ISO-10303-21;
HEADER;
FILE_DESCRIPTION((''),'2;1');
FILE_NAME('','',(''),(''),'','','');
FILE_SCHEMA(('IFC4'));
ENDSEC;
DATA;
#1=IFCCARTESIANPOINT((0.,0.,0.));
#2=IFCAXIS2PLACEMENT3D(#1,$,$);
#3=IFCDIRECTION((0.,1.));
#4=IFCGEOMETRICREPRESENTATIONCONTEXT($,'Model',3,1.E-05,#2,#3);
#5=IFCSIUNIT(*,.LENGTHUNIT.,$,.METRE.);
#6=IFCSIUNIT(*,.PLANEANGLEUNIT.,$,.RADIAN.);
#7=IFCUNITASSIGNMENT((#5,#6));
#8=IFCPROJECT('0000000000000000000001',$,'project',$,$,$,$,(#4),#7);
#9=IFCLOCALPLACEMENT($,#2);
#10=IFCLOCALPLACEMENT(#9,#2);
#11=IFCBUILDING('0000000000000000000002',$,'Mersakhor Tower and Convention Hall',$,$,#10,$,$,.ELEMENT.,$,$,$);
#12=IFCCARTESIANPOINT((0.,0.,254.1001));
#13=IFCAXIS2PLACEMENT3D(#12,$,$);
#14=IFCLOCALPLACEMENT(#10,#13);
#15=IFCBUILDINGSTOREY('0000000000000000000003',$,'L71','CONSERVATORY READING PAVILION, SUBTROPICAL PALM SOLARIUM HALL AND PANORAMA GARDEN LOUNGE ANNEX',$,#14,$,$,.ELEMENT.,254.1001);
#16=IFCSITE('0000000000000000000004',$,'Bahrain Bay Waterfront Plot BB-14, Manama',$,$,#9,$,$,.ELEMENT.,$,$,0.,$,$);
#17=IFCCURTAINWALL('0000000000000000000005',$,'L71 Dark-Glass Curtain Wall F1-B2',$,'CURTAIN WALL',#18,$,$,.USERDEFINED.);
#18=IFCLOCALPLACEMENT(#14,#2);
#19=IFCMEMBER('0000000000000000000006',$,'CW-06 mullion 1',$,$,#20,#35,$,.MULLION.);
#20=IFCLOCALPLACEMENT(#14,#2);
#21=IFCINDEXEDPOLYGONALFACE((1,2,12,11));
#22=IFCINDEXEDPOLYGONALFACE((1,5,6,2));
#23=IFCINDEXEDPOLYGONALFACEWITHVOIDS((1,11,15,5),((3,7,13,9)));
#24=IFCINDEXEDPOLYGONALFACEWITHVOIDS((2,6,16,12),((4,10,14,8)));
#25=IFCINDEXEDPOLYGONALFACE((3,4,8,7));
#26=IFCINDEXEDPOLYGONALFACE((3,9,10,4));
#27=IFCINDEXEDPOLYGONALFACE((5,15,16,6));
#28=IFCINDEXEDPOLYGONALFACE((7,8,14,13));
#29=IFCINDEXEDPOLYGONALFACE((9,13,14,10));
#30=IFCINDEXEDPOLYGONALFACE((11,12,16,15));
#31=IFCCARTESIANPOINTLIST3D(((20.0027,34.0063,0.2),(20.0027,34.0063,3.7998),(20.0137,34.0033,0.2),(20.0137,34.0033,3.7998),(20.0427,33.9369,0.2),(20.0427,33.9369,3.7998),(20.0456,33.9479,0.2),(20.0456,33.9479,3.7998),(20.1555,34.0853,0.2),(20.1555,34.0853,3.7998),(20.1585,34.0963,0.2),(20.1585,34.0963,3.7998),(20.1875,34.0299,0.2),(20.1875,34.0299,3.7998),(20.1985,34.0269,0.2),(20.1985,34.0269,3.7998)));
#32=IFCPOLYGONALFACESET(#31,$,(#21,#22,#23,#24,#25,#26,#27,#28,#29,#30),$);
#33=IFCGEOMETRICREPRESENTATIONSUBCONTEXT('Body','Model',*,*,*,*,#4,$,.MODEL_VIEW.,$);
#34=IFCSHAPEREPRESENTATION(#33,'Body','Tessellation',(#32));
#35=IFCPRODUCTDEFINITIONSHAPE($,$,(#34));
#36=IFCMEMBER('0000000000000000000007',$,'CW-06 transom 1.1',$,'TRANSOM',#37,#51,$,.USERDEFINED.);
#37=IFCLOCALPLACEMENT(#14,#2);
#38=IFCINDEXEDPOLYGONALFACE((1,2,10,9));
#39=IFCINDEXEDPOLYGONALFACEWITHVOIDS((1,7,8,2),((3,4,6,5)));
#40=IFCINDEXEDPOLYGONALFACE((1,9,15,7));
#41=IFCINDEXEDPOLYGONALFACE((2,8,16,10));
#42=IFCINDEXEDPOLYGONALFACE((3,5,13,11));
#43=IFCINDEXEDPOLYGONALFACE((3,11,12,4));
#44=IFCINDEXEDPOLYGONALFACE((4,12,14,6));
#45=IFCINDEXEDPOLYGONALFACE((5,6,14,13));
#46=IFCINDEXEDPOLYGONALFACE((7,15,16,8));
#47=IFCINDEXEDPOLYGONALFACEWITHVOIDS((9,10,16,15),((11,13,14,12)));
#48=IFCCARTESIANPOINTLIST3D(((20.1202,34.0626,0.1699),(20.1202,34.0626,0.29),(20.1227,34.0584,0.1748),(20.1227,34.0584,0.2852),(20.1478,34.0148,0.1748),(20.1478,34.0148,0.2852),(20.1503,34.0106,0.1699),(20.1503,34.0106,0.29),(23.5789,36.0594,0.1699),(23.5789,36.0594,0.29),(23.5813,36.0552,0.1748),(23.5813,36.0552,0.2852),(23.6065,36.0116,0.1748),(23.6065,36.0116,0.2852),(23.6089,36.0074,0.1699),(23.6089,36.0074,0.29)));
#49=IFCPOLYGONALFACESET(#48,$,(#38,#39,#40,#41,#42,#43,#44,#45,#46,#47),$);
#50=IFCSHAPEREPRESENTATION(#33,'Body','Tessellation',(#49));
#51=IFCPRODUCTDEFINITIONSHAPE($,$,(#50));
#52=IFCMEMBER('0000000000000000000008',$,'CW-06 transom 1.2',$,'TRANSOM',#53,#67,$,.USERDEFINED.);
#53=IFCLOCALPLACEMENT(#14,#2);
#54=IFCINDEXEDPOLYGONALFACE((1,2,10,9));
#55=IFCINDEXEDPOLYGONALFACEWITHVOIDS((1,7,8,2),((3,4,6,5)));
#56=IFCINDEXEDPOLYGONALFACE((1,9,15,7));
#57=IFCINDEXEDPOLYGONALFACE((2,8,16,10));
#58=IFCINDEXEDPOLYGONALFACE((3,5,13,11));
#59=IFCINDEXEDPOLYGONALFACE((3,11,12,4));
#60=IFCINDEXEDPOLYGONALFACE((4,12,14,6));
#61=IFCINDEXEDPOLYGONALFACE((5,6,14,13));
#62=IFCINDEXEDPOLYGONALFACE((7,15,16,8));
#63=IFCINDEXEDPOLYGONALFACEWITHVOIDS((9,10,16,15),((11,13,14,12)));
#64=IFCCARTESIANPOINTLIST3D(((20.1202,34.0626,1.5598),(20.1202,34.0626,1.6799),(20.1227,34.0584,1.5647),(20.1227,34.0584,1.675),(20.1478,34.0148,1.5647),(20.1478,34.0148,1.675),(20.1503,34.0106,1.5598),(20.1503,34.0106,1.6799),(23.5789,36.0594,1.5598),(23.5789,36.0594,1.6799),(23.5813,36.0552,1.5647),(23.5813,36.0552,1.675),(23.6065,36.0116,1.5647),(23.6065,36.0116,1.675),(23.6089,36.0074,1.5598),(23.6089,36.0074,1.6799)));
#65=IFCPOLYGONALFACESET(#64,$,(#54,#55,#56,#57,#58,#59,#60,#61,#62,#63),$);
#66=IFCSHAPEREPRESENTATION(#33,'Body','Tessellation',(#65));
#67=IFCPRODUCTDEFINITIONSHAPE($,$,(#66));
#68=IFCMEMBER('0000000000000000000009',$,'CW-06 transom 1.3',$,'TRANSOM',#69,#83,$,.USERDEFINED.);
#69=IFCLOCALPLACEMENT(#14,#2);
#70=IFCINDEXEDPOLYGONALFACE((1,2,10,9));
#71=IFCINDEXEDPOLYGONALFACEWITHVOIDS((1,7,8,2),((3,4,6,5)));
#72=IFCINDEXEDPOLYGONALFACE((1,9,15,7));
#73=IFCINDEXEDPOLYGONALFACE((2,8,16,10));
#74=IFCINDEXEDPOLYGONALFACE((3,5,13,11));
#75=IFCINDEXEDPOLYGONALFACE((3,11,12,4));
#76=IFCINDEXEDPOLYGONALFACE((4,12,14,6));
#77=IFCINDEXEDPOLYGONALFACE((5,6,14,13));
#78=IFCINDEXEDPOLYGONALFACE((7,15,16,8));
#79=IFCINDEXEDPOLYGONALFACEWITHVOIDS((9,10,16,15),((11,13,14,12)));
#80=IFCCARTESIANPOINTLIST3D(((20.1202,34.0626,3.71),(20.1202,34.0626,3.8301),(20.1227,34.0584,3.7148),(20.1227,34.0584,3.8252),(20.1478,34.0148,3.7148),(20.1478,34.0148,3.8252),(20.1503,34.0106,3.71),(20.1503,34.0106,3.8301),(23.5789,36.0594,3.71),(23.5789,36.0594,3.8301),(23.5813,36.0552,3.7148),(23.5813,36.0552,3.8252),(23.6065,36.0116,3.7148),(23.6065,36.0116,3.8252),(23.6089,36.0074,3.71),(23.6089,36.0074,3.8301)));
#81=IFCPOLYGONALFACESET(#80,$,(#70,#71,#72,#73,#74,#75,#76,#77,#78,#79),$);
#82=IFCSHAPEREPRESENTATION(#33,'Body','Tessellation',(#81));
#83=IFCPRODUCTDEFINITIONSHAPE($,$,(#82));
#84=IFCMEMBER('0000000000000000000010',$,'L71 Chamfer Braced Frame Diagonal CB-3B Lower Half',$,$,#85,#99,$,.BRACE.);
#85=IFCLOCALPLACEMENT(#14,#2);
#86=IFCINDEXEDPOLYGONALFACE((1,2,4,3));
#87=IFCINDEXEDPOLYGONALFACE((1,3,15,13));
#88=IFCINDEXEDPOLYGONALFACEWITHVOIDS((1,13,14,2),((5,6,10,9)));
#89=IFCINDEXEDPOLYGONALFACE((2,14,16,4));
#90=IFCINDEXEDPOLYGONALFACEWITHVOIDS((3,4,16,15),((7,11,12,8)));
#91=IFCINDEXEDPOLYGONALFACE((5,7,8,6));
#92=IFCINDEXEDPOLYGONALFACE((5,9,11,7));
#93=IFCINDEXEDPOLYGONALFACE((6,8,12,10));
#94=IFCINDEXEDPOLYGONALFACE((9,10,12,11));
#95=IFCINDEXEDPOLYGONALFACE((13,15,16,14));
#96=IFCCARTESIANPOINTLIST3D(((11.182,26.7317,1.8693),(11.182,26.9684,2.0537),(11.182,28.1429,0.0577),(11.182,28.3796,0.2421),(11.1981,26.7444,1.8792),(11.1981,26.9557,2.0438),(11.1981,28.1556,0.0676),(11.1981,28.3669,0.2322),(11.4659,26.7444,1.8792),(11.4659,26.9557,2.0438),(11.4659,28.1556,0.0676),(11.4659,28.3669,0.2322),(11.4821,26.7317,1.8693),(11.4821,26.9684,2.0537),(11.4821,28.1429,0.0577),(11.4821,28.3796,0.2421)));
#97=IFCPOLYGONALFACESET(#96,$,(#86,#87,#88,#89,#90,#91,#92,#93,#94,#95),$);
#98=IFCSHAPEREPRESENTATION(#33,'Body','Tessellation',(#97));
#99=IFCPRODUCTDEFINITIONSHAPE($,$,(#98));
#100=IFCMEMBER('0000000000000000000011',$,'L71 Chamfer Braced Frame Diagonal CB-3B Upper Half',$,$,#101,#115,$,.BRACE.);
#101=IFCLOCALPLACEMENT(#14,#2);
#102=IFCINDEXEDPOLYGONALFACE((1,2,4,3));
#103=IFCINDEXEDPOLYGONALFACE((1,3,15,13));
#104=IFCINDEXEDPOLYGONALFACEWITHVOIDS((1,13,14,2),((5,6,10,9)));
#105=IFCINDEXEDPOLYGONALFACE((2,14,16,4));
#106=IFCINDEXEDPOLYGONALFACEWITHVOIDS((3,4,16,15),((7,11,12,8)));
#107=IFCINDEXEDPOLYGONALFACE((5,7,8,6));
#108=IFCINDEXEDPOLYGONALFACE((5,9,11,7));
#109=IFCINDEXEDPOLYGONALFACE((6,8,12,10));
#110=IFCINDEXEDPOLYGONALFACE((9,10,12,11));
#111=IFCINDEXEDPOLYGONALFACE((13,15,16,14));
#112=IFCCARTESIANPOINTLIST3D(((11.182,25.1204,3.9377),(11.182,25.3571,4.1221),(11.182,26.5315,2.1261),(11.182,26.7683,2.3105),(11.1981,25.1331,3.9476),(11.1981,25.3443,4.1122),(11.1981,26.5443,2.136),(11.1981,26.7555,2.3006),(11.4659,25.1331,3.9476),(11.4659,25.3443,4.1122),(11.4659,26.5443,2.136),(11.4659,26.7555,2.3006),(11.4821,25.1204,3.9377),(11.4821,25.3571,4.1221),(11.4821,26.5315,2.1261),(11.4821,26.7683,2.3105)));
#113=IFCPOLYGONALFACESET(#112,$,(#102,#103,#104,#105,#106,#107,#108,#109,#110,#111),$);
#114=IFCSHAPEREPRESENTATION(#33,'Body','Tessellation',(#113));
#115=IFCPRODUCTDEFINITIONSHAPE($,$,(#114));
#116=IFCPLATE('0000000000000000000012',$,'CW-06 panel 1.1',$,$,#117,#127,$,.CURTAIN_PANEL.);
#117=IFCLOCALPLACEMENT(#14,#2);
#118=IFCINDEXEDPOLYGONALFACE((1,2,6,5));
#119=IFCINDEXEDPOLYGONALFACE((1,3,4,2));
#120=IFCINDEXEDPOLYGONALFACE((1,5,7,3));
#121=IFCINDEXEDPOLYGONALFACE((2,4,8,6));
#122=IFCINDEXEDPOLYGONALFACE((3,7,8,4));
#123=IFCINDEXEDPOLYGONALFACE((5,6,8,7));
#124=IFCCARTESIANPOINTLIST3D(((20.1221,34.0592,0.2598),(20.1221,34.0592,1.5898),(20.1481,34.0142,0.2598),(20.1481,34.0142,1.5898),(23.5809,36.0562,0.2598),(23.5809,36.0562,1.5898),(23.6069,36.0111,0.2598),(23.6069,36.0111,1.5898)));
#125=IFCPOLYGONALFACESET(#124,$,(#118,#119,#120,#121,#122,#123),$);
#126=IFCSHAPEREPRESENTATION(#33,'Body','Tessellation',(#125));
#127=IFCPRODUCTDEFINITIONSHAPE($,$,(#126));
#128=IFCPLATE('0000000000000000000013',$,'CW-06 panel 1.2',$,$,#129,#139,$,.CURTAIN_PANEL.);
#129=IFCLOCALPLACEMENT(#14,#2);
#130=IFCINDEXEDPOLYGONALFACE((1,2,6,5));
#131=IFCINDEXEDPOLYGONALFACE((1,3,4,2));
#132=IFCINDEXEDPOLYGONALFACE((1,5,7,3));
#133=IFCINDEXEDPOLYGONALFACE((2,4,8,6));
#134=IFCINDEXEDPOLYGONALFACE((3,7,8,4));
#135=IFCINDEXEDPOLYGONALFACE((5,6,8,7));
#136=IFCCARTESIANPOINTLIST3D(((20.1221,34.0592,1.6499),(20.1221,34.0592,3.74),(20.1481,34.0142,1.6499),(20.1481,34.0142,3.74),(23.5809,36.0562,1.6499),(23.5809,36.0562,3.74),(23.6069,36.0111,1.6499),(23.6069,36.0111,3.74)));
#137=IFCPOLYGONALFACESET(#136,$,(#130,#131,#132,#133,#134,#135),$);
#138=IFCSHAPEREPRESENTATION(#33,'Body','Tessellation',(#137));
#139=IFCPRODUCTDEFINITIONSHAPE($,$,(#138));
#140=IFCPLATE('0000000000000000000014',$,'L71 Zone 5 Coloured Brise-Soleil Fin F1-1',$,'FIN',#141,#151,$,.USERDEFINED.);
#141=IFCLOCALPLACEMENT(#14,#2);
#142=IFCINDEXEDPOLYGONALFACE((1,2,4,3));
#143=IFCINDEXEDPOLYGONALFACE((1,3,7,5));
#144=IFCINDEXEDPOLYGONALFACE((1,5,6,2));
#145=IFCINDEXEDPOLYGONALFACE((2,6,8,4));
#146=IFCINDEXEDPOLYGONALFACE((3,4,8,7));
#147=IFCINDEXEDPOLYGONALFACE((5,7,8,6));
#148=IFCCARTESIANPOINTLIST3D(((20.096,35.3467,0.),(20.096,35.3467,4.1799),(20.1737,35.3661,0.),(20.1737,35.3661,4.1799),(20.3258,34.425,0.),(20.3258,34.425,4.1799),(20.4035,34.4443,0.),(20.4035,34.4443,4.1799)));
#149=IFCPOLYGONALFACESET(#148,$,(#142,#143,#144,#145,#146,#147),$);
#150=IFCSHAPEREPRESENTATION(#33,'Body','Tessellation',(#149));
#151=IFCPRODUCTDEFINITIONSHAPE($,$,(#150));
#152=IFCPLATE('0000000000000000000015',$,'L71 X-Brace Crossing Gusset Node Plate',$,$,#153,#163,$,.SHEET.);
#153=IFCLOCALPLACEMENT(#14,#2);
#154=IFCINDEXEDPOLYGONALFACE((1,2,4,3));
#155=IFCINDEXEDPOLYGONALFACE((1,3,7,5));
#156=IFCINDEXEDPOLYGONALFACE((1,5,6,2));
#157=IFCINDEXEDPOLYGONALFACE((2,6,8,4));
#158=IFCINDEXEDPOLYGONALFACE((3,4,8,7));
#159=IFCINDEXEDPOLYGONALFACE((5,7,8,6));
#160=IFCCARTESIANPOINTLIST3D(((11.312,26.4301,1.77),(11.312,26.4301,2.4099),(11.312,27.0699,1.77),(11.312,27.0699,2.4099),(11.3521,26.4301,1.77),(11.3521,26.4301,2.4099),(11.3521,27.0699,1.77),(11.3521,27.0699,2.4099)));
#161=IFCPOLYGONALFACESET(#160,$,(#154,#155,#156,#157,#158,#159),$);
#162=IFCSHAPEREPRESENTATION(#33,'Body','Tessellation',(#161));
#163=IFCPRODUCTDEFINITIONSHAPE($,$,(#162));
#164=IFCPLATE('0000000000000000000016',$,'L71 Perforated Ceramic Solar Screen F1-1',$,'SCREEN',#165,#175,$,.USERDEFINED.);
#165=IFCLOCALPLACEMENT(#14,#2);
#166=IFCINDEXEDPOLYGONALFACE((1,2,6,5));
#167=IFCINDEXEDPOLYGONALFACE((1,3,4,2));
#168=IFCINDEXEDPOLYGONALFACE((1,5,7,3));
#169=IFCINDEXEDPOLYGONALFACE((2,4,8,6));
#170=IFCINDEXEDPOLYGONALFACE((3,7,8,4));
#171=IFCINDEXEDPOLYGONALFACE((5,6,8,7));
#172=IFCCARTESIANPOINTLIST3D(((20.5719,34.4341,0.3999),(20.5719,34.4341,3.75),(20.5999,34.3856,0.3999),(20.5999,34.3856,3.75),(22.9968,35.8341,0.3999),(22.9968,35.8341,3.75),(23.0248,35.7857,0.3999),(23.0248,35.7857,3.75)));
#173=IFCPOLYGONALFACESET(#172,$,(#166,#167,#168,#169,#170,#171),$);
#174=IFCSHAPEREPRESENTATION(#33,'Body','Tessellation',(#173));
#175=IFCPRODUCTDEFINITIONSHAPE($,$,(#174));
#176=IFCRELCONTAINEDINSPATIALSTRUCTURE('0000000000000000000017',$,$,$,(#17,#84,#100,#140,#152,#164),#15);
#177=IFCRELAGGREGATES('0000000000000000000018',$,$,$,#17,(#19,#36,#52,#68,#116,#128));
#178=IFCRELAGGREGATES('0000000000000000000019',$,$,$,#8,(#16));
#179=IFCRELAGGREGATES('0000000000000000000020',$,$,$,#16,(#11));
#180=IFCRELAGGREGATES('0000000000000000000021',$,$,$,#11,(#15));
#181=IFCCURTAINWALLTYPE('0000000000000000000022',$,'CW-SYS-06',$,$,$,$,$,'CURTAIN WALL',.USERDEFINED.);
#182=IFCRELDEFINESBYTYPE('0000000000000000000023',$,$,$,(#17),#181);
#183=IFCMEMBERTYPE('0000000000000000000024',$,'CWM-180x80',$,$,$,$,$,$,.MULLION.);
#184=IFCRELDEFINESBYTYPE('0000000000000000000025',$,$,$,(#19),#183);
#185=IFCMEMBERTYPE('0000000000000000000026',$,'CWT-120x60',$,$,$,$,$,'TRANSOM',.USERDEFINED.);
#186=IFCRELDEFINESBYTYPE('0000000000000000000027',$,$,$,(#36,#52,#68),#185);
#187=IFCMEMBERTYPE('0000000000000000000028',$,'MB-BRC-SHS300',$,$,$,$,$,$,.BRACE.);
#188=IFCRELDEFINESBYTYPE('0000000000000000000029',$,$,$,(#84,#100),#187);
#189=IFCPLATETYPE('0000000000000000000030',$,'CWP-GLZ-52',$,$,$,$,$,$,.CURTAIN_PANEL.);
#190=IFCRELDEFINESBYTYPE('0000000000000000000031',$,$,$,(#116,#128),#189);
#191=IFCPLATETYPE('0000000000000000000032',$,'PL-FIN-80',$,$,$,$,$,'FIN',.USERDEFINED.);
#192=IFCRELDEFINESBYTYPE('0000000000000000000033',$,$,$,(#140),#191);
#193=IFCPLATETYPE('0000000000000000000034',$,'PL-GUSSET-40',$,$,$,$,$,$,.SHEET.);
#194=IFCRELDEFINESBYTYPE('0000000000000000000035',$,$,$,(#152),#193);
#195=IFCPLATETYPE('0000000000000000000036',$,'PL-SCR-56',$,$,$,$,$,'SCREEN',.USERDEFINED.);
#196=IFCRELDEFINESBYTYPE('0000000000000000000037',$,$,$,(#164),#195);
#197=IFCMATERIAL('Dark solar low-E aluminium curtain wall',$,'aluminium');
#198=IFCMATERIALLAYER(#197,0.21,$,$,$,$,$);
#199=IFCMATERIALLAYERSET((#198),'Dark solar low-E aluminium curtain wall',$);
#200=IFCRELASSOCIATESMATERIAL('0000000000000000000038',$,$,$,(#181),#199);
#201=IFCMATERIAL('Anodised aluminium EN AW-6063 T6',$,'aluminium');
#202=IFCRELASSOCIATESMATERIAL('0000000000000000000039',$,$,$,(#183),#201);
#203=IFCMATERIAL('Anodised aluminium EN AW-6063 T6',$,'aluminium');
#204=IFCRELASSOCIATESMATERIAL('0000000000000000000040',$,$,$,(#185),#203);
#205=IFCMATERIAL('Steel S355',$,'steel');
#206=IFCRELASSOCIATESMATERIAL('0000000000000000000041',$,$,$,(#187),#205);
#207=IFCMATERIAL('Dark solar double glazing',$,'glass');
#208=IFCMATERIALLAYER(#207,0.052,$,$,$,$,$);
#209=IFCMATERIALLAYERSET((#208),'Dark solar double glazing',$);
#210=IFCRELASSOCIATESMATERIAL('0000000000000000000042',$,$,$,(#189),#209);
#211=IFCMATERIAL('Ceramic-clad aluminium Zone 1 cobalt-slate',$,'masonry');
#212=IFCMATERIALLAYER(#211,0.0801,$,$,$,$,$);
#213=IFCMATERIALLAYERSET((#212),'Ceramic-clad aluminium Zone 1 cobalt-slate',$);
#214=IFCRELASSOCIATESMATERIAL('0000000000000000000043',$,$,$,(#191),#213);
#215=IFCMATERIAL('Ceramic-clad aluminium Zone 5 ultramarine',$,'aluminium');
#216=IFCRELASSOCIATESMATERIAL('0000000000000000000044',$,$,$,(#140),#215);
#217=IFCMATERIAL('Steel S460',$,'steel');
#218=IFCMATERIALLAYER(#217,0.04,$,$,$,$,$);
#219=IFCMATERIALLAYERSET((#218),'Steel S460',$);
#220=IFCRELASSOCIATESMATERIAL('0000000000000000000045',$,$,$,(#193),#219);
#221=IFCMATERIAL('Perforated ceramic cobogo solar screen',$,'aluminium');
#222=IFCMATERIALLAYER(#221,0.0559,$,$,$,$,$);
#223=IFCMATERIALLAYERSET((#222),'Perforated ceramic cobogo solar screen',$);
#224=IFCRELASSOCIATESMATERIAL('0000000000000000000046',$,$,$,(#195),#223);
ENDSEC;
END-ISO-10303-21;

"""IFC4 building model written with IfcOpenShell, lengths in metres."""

from ifc_helpers import new_model, si_unit, direction, frame, origin, origin_2d, place, context, subcontext, project, spatial, rectangle, hollow_rectangle, extrude, material, layer, layer_set, material_profile, profile_set, type_object, element, aggregate, save


model = new_model("IFC4")

# Units and contexts
model_context = context("Model", 3, precision=1e-05, world=origin(), true_north=direction((0.0, 1.0)))
body_context = subcontext(model_context, "Body", "Model", "MODEL_VIEW")
ifc_project = project(units=[si_unit("LENGTHUNIT", "METRE"), si_unit("PLANEANGLEUNIT", "RADIAN")], contexts=[model_context])

# Site, building, storey
site_placement = place(None, origin())
site = spatial("IfcSite", under=ifc_project, at=site_placement, Name="Bahrain Bay Waterfront Plot BB-14, Manama", CompositionType="ELEMENT", RefElevation=0.0)
building_placement = place(site_placement, origin())
building = spatial("IfcBuilding", under=site, at=building_placement, Name="Mersakhor Tower and Convention Hall", CompositionType="ELEMENT")
storey_placement = place(building_placement, frame((0.0, 0.0, 254.1001)))
storey = spatial("IfcBuildingStorey", under=building, at=storey_placement, Name="L71", Description="CONSERVATORY READING PAVILION, SUBTROPICAL PALM SOLARIUM HALL AND PANORAMA GARDEN LOUNGE ANNEX", CompositionType="ELEMENT", Elevation=254.1001)

# Curtain wall, members
ifc_material_1 = material(Name="Dark solar low-E aluminium curtain wall", Category="aluminium")
ifc_layer_1 = layer(ifc_material_1, 0.21)
ifc_layer_set_1 = layer_set([ifc_layer_1], Name="Dark solar low-E aluminium curtain wall")
curtain_wall_type = type_object("IfcCurtainWallType", Name="CW-SYS-06", ElementType="CURTAIN WALL", PredefinedType="USERDEFINED", material=ifc_layer_set_1)
curtain_wall_placement = place(storey_placement, origin())
curtain_wall = element("IfcCurtainWall", 1, at=curtain_wall_placement, inside=storey, type_object=curtain_wall_type, Name="L71 Dark-Glass Curtain Wall F1-B2", ObjectType="CURTAIN WALL", PredefinedType="USERDEFINED")
ifc_material_2 = material(Name="Anodised aluminium EN AW-6063 T6", Category="aluminium")
ifc_material_profile_1 = material_profile(ifc_material_2, hollow_rectangle(XDim=0.0801, YDim=0.1799, WallThickness=0.0081, at=origin_2d()), Name="RHS 180x80x8")
ifc_profile_set_1 = profile_set([ifc_material_profile_1], Name="Anodised aluminium EN AW-6063 T6")
member_type_1 = type_object("IfcMemberType", Name="CWM-180x80", PredefinedType="MULLION", material=ifc_profile_set_1)
member_1_placement = place(storey_placement, frame((20.1006, 34.0166, 0.2), z_axis=(0.0, 0.0, 1.0), x_axis=(-0.500004, 0.866023, 0.0)))
member_1 = element("IfcMember", 2, at=member_1_placement, type_object=member_type_1, Name="CW-06 mullion 1", PredefinedType="MULLION", context=body_context, shape_type="SweptSolid", body=[
    extrude(hollow_rectangle(XDim=0.0801, YDim=0.1799, WallThickness=0.0081, at=origin_2d()), origin(), (0.0, 0.0, 1.0), 3.5999),
])
ifc_material_3 = material(Name="Anodised aluminium EN AW-6063 T6", Category="aluminium")
ifc_material_profile_2 = material_profile(ifc_material_3, hollow_rectangle(XDim=0.0601, YDim=0.1201, WallThickness=0.0049, at=origin_2d()), Name="RHS 120x60x5")
ifc_profile_set_2 = profile_set([ifc_material_profile_2], Name="Anodised aluminium EN AW-6063 T6")
member_type_2 = type_object("IfcMemberType", Name="CWT-120x60", ElementType="TRANSOM", PredefinedType="USERDEFINED", material=ifc_profile_set_2)
member_2_placement = place(storey_placement, frame((20.1353, 34.0366, 0.23), z_axis=(0.866034, 0.499985, 0.0), x_axis=(-0.499985, 0.866034, 0.0)))
member_2 = element("IfcMember", 3, at=member_2_placement, type_object=member_type_2, Name="CW-06 transom 1.1", ObjectType="TRANSOM", PredefinedType="USERDEFINED", context=body_context, shape_type="SweptSolid", body=[
    extrude(hollow_rectangle(XDim=0.0601, YDim=0.1201, WallThickness=0.0049, at=origin_2d()), origin(), (0.0, 0.0, 1.0), 3.9937),
])
member_3_placement = place(storey_placement, frame((20.1353, 34.0366, 1.6199), z_axis=(0.866034, 0.499985, 0.0), x_axis=(-0.499985, 0.866034, 0.0)))
member_3 = element("IfcMember", 4, at=member_3_placement, type_object=member_type_2, Name="CW-06 transom 1.2", ObjectType="TRANSOM", PredefinedType="USERDEFINED", context=body_context, shape_type="SweptSolid", body=[
    extrude(hollow_rectangle(XDim=0.0601, YDim=0.1201, WallThickness=0.0049, at=origin_2d()), origin(), (0.0, 0.0, 1.0), 3.9937),
])
member_4_placement = place(storey_placement, frame((20.1353, 34.0366, 3.77), z_axis=(0.866034, 0.499985, 0.0), x_axis=(-0.499985, 0.866034, 0.0)))
member_4 = element("IfcMember", 5, at=member_4_placement, type_object=member_type_2, Name="CW-06 transom 1.3", ObjectType="TRANSOM", PredefinedType="USERDEFINED", context=body_context, shape_type="SweptSolid", body=[
    extrude(hollow_rectangle(XDim=0.0601, YDim=0.1201, WallThickness=0.0049, at=origin_2d()), origin(), (0.0, 0.0, 1.0), 3.9937),
])

# Members
ifc_material_4 = material(Name="Steel S355", Category="steel")
ifc_material_profile_3 = material_profile(ifc_material_4, hollow_rectangle(XDim=0.3, YDim=0.3, WallThickness=0.0161, at=origin_2d()), Name="SHS 300x300x16")
ifc_profile_set_3 = profile_set([ifc_material_profile_3], Name="Steel S355")
member_type_3 = type_object("IfcMemberType", Name="MB-BRC-SHS300", PredefinedType="BRACE", material=ifc_profile_set_3)
for number, where, z_axis, x_axis, name in (
    (6, (11.332, 28.2612, 0.1499), (0.0, -0.614529, 0.788894), (1.0, 0.0, 0.0), "L71 Chamfer Braced Frame Diagonal CB-3B Lower Half"),
    (7, (11.332, 26.6499, 2.2183), (0.0, -0.614529, 0.788894), (1.0, 0.0, 0.0), "L71 Chamfer Braced Frame Diagonal CB-3B Upper Half"),
):
    element("IfcMember", number, at=place(storey_placement, frame(where, z_axis=z_axis, x_axis=x_axis)), inside=storey, type_object=member_type_3, Name=name, PredefinedType="BRACE", context=body_context, shape_type="SweptSolid", body=[
        extrude(hollow_rectangle(XDim=0.3, YDim=0.3, WallThickness=0.0161, at=origin_2d()), origin(), (0.0, 0.0, 1.0), 2.2964),
    ])

# Plates
ifc_material_5 = material(Name="Dark solar double glazing", Category="glass")
ifc_layer_2 = layer(ifc_material_5, 0.052)
ifc_layer_set_2 = layer_set([ifc_layer_2], Name="Dark solar double glazing")
plate_type_1 = type_object("IfcPlateType", Name="CWP-GLZ-52", PredefinedType="CURTAIN_PANEL", material=ifc_layer_set_2)
plate_1_placement = place(storey_placement, frame((21.8645, 35.0352, 0.2598), z_axis=(0.0, 0.0, 1.0), x_axis=(0.866023, 0.500004, 0.0)))
plate_1 = element("IfcPlate", 8, at=plate_1_placement, type_object=plate_type_1, Name="CW-06 panel 1.1", PredefinedType="CURTAIN_PANEL", context=body_context, shape_type="SweptSolid", body=[
    extrude(rectangle(XDim=3.9939, YDim=0.052, at=origin_2d()), origin(), (0.0, 0.0, 1.0), 1.3301),
])
plate_2_placement = place(storey_placement, frame((21.8645, 35.0352, 1.6499), z_axis=(0.0, 0.0, 1.0), x_axis=(0.866023, 0.500004, 0.0)))
plate_2 = element("IfcPlate", 9, at=plate_2_placement, type_object=plate_type_1, Name="CW-06 panel 1.2", PredefinedType="CURTAIN_PANEL", context=body_context, shape_type="SweptSolid", body=[
    extrude(rectangle(XDim=3.9939, YDim=0.052, at=origin_2d()), origin(), (0.0, 0.0, 1.0), 2.0901),
])
aggregate(curtain_wall, [member_1, member_2, member_3, member_4, plate_1, plate_2])

# Plates
ifc_material_6 = material(Name="Ceramic-clad aluminium Zone 5 ultramarine", Category="aluminium")
ifc_material_7 = material(Name="Ceramic-clad aluminium Zone 1 cobalt-slate", Category="masonry")
ifc_layer_3 = layer(ifc_material_7, 0.0801)
ifc_layer_set_3 = layer_set([ifc_layer_3], Name="Ceramic-clad aluminium Zone 1 cobalt-slate")
plate_type_2 = type_object("IfcPlateType", Name="PL-FIN-80", ElementType="FIN", PredefinedType="USERDEFINED", material=ifc_layer_set_3)
plate_3_placement = place(storey_placement, frame((20.2498, 34.8955, 0.0), z_axis=(0.0, 0.0, 1.0), x_axis=(-0.241922, 0.970296, 0.0)))
element("IfcPlate", 10, at=plate_3_placement, inside=storey, type_object=plate_type_2, material=ifc_material_6, Name="L71 Zone 5 Coloured Brise-Soleil Fin F1-1", ObjectType="FIN", PredefinedType="USERDEFINED", context=body_context, shape_type="SweptSolid", body=[
    extrude(rectangle(XDim=0.95, YDim=0.0801, at=origin_2d()), origin(), (0.0, 0.0, 1.0), 4.1799),
])
ifc_material_8 = material(Name="Steel S460", Category="steel")
ifc_layer_4 = layer(ifc_material_8, 0.04)
ifc_layer_set_4 = layer_set([ifc_layer_4], Name="Steel S460")
plate_type_3 = type_object("IfcPlateType", Name="PL-GUSSET-40", PredefinedType="SHEET", material=ifc_layer_set_4)
plate_4_placement = place(storey_placement, frame((11.332, 26.75, 1.77), z_axis=(0.0, 0.0, 1.0), x_axis=(0.0, -1.0, 0.0)))
element("IfcPlate", 11, at=plate_4_placement, inside=storey, type_object=plate_type_3, Name="L71 X-Brace Crossing Gusset Node Plate", PredefinedType="SHEET", context=body_context, shape_type="SweptSolid", body=[
    extrude(rectangle(XDim=0.6399, YDim=0.04, at=origin_2d()), origin(), (0.0, 0.0, 1.0), 0.6399),
])
ifc_material_9 = material(Name="Perforated ceramic cobogo solar screen", Category="aluminium")
ifc_layer_5 = layer(ifc_material_9, 0.0559)
ifc_layer_set_5 = layer_set([ifc_layer_5], Name="Perforated ceramic cobogo solar screen")
plate_type_4 = type_object("IfcPlateType", Name="PL-SCR-56", ElementType="SCREEN", PredefinedType="USERDEFINED", material=ifc_layer_set_5)
plate_5_placement = place(storey_placement, frame((21.7983, 35.1099, 0.3999), z_axis=(0.0, 0.0, 1.0), x_axis=(0.866025, 0.5, 0.0)))
element("IfcPlate", 12, at=plate_5_placement, inside=storey, type_object=plate_type_4, Name="L71 Perforated Ceramic Solar Screen F1-1", ObjectType="SCREEN", PredefinedType="USERDEFINED", context=body_context, shape_type="SweptSolid", body=[
    extrude(rectangle(XDim=2.8, YDim=0.0559, at=origin_2d()), origin(), (0.0, 0.0, 1.0), 3.3501),
])

save(model, "model.ifc")
